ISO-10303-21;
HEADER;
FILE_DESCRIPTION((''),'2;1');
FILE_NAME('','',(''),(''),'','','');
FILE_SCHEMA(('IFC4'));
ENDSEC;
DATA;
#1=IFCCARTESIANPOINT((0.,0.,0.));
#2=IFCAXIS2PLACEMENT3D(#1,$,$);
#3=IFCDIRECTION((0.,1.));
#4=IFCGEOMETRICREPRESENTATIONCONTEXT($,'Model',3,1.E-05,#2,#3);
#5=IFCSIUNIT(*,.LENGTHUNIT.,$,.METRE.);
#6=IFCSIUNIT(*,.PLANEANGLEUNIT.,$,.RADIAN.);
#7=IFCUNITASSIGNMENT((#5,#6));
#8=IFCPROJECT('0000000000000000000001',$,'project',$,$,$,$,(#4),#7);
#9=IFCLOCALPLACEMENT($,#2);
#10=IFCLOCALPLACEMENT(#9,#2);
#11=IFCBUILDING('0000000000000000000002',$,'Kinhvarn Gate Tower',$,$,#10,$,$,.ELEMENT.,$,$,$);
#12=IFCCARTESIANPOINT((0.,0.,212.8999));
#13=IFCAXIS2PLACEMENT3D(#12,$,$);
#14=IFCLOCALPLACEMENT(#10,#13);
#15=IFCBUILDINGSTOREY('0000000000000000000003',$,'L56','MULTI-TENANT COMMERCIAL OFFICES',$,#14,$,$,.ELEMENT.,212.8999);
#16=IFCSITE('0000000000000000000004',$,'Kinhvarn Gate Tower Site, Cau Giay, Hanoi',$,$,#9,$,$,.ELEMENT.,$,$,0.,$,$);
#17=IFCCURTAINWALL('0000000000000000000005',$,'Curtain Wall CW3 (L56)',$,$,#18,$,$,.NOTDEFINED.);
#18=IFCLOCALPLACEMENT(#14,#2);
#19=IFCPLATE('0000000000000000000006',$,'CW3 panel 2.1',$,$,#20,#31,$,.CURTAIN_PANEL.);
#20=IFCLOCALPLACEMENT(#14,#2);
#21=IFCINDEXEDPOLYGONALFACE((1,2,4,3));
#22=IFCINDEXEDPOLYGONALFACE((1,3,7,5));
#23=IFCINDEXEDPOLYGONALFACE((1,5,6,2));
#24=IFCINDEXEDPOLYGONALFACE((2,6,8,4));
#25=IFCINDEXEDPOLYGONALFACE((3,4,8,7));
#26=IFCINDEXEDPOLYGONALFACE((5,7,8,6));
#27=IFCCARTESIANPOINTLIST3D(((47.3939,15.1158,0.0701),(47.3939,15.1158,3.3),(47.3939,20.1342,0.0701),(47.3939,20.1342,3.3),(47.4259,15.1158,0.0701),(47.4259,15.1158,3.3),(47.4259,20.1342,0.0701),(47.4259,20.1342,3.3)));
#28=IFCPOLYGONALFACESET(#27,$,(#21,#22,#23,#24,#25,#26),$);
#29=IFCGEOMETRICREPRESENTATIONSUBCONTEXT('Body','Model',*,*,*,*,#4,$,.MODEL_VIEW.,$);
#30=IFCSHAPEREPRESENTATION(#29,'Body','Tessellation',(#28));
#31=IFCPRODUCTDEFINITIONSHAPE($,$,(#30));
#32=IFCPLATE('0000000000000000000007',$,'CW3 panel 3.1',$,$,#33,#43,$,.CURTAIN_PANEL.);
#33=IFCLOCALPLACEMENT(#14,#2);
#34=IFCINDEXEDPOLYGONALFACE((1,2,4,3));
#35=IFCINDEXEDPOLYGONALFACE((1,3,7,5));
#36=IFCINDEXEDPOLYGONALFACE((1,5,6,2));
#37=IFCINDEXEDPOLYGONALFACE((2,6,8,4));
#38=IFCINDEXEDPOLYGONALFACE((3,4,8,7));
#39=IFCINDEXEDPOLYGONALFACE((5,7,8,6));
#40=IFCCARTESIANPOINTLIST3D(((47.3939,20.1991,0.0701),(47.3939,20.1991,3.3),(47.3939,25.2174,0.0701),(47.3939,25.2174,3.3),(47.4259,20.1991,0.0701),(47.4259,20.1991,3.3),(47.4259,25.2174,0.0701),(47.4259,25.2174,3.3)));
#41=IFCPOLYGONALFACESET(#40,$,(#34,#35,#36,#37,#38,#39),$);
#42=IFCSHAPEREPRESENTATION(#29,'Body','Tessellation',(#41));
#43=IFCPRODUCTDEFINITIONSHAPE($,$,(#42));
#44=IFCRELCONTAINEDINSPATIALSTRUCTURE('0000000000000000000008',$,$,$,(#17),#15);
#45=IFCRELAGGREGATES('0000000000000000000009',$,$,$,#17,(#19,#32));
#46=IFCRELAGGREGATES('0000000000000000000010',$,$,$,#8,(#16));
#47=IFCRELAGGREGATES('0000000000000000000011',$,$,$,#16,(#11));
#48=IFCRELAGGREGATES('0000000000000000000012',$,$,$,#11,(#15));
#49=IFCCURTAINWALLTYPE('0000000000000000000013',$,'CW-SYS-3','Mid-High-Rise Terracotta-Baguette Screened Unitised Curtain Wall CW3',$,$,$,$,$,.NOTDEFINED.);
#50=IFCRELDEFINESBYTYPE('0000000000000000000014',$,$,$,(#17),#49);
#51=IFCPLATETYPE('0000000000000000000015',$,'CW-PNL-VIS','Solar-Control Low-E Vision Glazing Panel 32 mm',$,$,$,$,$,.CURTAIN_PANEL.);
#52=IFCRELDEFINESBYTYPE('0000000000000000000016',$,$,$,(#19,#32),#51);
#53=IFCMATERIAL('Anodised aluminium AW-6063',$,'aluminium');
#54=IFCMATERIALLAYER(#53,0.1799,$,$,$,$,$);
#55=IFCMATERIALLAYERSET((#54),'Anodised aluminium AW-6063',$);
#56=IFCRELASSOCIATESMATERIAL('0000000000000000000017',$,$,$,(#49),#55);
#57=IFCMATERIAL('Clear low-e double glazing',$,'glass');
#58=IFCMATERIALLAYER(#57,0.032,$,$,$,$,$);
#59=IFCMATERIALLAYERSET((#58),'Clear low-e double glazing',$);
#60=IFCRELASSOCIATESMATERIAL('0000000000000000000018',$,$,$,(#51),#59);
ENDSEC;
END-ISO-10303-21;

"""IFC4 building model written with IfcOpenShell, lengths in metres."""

from ifc_helpers import new_model, si_unit, direction, frame, origin, origin_2d, place, context, subcontext, project, spatial, rectangle, extrude, material, layer, layer_set, type_object, element, aggregate, save


model = new_model("IFC4")

# Units and contexts
model_context = context("Model", 3, precision=1e-05, world=origin(), true_north=direction((0.0, 1.0)))
body_context = subcontext(model_context, "Body", "Model", "MODEL_VIEW")
ifc_project = project(units=[si_unit("LENGTHUNIT", "METRE"), si_unit("PLANEANGLEUNIT", "RADIAN")], contexts=[model_context])

# Site, building, storey
site_placement = place(None, origin())
site = spatial("IfcSite", under=ifc_project, at=site_placement, Name="Kinhvarn Gate Tower Site, Cau Giay, Hanoi", CompositionType="ELEMENT", RefElevation=0.0)
building_placement = place(site_placement, origin())
building = spatial("IfcBuilding", under=site, at=building_placement, Name="Kinhvarn Gate Tower", CompositionType="ELEMENT")
storey_placement = place(building_placement, frame((0.0, 0.0, 212.8999)))
storey = spatial("IfcBuildingStorey", under=building, at=storey_placement, Name="L56", Description="MULTI-TENANT COMMERCIAL OFFICES", CompositionType="ELEMENT", Elevation=212.8999)

# Curtain wall
ifc_material_1 = material(Name="Anodised aluminium AW-6063", Category="aluminium")
ifc_layer_1 = layer(ifc_material_1, 0.1799)
ifc_layer_set_1 = layer_set([ifc_layer_1], Name="Anodised aluminium AW-6063")
curtain_wall_type = type_object("IfcCurtainWallType", Name="CW-SYS-3", Description="Mid-High-Rise Terracotta-Baguette Screened Unitised Curtain Wall CW3", PredefinedType="NOTDEFINED", material=ifc_layer_set_1)
curtain_wall_placement = place(storey_placement, origin())
curtain_wall = element("IfcCurtainWall", 1, at=curtain_wall_placement, inside=storey, type_object=curtain_wall_type, Name="Curtain Wall CW3 (L56)", PredefinedType="NOTDEFINED")

# Plates
ifc_material_2 = material(Name="Clear low-e double glazing", Category="glass")
ifc_layer_2 = layer(ifc_material_2, 0.032)
ifc_layer_set_2 = layer_set([ifc_layer_2], Name="Clear low-e double glazing")
plate_type = type_object("IfcPlateType", Name="CW-PNL-VIS", Description="Solar-Control Low-E Vision Glazing Panel 32 mm", PredefinedType="CURTAIN_PANEL", material=ifc_layer_set_2)
plate_1_placement = place(storey_placement, frame((47.4099, 17.625, 0.0701), z_axis=(0.0, 0.0, 1.0), x_axis=(0.0, 1.0, 0.0)))
plate_1 = element("IfcPlate", 2, at=plate_1_placement, type_object=plate_type, Name="CW3 panel 2.1", PredefinedType="CURTAIN_PANEL", context=body_context, shape_type="SweptSolid", body=[
    extrude(rectangle(XDim=5.0183, YDim=0.032, at=origin_2d()), origin(), (0.0, 0.0, 1.0), 3.23),
])
plate_2_placement = place(storey_placement, frame((47.4099, 22.7083, 0.0701), z_axis=(0.0, 0.0, 1.0), x_axis=(0.0, 1.0, 0.0)))
plate_2 = element("IfcPlate", 3, at=plate_2_placement, type_object=plate_type, Name="CW3 panel 3.1", PredefinedType="CURTAIN_PANEL", context=body_context, shape_type="SweptSolid", body=[
    extrude(rectangle(XDim=5.0183, YDim=0.032, at=origin_2d()), origin(), (0.0, 0.0, 1.0), 3.23),
])
aggregate(curtain_wall, [plate_1, plate_2])

save(model, "model.ifc")
